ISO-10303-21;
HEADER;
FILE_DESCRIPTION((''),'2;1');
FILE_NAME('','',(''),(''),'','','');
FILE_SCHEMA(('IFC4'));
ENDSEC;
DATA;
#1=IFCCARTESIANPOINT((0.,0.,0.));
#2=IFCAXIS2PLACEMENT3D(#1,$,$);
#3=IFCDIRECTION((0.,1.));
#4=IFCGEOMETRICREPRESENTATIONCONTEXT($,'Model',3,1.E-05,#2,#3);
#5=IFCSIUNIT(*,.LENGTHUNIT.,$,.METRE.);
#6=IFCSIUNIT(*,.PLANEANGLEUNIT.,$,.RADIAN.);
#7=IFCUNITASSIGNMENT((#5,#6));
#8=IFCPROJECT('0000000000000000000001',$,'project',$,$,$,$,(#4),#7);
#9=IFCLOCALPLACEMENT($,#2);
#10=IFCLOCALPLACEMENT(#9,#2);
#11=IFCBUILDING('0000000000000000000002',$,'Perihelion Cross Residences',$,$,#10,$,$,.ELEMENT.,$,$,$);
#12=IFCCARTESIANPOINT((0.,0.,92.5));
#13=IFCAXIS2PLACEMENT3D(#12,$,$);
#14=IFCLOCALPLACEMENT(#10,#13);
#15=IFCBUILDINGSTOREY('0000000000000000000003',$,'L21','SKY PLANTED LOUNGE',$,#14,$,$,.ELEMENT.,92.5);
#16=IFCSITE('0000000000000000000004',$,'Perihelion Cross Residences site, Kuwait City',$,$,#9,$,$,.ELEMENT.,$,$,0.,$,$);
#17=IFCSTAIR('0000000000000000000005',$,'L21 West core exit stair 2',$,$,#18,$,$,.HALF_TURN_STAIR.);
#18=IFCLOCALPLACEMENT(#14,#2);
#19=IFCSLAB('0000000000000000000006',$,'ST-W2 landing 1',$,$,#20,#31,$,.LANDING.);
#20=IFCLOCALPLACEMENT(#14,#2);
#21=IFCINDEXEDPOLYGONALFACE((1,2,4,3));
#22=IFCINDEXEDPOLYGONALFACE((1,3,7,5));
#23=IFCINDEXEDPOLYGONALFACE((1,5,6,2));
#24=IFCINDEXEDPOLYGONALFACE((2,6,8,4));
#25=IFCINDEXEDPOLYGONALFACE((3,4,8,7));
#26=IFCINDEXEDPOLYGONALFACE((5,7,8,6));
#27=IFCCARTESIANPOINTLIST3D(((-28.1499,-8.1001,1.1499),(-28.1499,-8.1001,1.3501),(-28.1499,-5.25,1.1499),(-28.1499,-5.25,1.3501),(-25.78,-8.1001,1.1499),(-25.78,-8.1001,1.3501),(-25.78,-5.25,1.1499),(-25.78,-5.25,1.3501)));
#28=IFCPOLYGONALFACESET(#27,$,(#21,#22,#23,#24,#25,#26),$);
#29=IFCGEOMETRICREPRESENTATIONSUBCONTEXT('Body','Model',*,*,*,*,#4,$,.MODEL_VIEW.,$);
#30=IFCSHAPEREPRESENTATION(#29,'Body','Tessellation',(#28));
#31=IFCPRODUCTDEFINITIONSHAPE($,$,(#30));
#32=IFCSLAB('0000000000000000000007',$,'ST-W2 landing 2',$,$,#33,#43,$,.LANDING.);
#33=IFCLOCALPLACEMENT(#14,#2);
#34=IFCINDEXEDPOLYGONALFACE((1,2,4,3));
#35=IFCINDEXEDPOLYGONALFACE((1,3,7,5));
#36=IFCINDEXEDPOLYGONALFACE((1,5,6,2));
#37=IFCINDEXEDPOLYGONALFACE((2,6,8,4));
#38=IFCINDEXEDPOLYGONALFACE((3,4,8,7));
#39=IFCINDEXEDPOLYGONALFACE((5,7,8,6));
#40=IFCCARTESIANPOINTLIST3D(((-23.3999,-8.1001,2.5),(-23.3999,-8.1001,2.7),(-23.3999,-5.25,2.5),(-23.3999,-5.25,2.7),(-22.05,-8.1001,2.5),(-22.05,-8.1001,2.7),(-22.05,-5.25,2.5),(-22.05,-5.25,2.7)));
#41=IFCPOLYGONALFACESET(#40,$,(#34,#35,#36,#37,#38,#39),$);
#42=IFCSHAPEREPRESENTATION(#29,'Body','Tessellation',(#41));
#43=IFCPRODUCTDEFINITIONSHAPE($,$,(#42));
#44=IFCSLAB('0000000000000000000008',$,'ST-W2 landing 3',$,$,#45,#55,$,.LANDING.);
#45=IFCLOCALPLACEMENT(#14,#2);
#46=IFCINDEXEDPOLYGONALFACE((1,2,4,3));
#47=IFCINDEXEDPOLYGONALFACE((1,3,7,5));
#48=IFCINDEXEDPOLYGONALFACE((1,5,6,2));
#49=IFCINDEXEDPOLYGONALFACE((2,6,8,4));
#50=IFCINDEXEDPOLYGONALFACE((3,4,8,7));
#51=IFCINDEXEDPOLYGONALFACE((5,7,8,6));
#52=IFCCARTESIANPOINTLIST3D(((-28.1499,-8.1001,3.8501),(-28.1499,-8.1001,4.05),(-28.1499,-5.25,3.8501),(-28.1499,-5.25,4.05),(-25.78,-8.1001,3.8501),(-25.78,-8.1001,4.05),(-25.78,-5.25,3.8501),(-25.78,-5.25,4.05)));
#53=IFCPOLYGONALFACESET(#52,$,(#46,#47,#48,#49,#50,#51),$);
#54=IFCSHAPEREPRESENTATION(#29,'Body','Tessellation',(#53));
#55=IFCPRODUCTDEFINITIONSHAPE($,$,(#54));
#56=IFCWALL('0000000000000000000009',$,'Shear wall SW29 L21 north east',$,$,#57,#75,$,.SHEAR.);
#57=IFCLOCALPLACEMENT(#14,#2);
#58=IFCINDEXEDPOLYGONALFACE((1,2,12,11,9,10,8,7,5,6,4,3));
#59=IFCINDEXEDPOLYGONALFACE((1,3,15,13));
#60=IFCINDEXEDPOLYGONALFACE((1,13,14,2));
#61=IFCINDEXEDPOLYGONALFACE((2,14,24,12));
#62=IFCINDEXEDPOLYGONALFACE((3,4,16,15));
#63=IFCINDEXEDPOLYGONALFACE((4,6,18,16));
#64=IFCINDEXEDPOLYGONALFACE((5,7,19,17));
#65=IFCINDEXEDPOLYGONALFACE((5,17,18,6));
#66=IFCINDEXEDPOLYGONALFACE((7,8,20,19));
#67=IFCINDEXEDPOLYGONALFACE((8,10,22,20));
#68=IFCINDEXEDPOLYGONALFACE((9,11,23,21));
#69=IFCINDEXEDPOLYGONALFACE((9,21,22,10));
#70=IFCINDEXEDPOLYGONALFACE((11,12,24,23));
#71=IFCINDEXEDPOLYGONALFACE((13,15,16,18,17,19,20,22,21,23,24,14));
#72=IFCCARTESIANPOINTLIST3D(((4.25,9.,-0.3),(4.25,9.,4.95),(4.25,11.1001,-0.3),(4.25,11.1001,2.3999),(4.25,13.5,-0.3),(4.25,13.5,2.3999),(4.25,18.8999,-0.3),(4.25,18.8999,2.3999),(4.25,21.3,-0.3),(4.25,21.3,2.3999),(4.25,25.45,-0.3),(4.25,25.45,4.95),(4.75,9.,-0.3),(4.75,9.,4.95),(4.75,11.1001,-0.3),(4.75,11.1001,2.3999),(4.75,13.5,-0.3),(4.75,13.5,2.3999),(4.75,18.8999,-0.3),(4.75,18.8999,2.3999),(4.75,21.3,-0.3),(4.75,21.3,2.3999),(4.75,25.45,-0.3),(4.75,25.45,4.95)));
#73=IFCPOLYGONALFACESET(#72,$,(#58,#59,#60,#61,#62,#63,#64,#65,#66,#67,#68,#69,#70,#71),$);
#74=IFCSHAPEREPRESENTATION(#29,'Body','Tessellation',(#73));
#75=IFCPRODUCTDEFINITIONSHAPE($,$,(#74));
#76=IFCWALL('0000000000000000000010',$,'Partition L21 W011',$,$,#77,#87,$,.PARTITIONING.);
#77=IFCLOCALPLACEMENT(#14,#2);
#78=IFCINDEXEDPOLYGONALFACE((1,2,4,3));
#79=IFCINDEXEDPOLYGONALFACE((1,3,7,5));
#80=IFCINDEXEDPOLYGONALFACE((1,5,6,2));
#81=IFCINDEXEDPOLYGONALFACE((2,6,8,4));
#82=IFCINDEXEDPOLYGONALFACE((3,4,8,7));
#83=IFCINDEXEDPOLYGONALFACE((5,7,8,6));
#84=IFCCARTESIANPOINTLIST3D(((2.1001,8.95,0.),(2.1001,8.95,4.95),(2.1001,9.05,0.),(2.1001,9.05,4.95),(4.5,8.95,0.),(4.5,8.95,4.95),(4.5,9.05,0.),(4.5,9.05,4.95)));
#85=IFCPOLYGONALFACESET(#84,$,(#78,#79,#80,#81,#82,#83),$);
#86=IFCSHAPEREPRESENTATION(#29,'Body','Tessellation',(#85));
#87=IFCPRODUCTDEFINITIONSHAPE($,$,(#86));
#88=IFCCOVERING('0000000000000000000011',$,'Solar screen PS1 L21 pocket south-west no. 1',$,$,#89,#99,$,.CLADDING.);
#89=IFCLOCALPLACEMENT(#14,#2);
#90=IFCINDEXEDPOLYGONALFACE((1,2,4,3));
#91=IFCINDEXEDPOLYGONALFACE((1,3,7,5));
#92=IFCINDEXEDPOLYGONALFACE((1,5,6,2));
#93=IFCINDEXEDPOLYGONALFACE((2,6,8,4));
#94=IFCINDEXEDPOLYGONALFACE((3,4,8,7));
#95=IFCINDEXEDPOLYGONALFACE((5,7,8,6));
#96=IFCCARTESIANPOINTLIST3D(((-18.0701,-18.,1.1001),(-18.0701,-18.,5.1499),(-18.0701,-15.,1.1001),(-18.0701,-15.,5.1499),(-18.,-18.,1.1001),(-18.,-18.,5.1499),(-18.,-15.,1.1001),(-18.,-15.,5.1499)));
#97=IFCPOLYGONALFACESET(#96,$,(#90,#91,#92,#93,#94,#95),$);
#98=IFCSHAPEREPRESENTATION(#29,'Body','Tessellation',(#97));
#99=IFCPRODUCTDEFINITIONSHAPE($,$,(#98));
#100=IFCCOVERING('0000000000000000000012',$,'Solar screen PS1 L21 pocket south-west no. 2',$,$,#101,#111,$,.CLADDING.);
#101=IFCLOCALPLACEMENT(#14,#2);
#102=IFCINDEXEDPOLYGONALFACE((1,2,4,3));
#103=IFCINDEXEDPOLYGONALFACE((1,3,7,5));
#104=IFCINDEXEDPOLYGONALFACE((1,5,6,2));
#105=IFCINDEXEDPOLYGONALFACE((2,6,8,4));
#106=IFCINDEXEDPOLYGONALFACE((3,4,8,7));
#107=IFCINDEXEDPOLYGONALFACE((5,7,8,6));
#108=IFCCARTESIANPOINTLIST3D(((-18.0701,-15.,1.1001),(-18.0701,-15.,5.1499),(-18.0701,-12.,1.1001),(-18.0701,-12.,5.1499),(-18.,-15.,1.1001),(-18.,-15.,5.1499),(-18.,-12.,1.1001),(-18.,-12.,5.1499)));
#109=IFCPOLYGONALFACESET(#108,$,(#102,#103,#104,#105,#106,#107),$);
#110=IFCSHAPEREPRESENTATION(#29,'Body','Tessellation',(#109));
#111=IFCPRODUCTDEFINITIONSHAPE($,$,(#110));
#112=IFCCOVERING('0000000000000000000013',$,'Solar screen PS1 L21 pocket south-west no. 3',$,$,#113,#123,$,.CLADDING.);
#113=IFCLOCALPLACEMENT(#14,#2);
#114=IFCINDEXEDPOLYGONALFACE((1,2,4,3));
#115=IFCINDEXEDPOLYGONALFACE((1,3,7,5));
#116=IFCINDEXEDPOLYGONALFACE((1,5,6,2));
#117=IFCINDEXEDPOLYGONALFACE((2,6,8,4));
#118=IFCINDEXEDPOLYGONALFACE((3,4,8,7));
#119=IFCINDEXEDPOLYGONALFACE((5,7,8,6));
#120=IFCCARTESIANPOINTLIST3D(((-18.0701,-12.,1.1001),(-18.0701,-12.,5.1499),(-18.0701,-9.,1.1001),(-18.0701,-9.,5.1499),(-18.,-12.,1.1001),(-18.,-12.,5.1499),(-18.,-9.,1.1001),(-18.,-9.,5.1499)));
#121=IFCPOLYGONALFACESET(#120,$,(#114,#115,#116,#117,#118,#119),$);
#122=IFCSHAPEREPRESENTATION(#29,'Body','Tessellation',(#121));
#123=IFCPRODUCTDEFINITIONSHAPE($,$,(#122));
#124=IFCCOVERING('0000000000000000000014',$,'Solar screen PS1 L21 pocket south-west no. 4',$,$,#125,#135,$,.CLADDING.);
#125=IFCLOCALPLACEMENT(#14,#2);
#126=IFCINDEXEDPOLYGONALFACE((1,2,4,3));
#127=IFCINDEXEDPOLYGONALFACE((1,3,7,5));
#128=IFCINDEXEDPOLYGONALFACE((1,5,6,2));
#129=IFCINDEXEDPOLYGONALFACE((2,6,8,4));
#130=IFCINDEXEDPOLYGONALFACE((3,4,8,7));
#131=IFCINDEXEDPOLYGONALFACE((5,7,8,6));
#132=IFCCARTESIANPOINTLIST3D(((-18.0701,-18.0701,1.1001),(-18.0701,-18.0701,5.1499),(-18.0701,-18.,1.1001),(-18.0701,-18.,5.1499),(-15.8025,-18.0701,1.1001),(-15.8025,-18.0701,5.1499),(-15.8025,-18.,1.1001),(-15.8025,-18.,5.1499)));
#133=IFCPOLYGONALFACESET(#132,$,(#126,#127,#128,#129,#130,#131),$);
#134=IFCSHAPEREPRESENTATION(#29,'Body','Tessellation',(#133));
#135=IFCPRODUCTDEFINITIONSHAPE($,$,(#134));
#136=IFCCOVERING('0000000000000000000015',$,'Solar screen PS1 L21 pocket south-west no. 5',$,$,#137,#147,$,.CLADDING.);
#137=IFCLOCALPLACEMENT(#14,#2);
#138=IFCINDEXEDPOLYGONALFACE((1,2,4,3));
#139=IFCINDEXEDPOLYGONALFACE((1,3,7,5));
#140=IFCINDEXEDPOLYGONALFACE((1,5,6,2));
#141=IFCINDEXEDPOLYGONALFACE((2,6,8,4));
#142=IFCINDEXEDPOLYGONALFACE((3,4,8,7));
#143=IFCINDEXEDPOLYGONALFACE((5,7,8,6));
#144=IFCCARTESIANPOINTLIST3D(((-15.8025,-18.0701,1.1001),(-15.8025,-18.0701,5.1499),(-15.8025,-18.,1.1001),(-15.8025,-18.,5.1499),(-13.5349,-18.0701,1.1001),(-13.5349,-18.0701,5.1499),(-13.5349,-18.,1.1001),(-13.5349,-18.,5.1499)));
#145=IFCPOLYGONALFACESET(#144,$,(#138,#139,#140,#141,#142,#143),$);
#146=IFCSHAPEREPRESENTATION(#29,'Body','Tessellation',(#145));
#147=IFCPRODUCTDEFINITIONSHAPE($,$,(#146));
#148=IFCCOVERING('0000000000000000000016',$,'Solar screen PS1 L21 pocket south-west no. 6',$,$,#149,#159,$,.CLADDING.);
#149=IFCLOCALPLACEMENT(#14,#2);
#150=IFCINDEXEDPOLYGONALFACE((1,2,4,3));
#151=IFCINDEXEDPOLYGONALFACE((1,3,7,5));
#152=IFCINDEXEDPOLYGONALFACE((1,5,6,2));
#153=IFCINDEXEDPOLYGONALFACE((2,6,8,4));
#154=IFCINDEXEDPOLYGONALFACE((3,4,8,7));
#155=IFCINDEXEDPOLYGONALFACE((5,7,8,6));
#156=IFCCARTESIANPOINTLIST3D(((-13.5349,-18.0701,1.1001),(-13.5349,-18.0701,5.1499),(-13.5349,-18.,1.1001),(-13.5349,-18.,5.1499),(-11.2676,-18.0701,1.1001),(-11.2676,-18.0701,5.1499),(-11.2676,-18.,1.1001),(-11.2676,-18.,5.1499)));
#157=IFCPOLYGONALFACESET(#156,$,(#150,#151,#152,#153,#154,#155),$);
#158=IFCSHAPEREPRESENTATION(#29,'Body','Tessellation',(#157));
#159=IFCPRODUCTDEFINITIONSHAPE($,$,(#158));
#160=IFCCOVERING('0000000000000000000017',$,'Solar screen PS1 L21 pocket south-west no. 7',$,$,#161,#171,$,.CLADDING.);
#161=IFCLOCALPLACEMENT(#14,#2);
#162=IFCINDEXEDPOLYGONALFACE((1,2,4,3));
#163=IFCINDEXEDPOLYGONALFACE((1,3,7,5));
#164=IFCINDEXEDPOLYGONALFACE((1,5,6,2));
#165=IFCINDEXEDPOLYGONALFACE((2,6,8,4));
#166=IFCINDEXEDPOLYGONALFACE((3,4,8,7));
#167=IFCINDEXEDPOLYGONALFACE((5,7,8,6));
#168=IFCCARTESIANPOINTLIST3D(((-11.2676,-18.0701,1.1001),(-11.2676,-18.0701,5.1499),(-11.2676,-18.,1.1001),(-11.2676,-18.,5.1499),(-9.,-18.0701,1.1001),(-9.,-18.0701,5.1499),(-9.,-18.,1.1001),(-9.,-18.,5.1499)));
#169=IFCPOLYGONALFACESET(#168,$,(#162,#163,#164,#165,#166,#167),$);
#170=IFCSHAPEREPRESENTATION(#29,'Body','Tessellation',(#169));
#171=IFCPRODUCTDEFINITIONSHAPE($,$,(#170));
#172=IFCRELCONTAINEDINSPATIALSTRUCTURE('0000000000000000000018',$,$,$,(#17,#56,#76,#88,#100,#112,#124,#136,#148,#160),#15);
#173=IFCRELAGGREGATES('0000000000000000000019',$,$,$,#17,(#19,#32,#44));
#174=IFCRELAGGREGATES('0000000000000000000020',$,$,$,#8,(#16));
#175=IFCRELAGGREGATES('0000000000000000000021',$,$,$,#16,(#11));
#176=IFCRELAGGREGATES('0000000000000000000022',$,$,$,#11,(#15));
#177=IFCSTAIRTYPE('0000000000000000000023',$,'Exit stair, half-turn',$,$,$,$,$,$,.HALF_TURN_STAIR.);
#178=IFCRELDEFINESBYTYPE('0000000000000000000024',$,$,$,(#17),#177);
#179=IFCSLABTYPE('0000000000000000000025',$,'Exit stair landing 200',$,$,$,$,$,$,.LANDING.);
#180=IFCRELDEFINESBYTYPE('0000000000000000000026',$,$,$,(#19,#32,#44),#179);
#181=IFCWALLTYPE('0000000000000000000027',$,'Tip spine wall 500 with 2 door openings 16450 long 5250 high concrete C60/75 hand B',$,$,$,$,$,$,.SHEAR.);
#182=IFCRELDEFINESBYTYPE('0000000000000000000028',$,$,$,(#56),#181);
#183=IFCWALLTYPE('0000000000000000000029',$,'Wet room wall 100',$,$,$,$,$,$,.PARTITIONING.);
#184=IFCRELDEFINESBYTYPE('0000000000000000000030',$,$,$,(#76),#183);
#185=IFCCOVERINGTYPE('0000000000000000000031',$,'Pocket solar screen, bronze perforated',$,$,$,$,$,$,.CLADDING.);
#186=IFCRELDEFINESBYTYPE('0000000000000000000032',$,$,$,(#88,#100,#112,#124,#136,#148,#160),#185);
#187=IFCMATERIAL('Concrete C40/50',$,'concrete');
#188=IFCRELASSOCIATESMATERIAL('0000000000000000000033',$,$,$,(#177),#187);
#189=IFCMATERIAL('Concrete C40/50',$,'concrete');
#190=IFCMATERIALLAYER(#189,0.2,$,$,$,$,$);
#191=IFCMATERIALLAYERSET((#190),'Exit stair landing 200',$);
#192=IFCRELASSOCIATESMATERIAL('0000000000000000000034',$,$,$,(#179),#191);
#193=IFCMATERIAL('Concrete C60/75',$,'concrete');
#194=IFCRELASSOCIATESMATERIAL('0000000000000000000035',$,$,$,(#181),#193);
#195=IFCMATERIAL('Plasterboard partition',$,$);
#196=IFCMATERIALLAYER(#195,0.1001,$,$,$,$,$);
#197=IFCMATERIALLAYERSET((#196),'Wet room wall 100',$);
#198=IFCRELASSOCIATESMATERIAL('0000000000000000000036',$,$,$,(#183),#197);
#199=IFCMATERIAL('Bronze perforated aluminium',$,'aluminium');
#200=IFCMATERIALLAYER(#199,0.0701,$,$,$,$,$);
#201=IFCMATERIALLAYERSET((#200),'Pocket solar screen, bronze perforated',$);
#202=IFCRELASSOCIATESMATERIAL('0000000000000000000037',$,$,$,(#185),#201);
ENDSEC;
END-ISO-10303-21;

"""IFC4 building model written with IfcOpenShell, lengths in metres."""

from ifc_helpers import new_model, si_unit, direction, frame, frame_2d, origin, place, context, subcontext, project, spatial, polyline, rectangle, outline, extrude, material, layer, layer_set, material_profile, profile_set, type_object, element, aggregate, save


model = new_model("IFC4")

# Units and contexts
model_context = context("Model", 3, precision=1e-05, world=origin(), true_north=direction((0.0, 1.0)))
body_context = subcontext(model_context, "Body", "Model", "MODEL_VIEW")
ifc_project = project(units=[si_unit("LENGTHUNIT", "METRE"), si_unit("PLANEANGLEUNIT", "RADIAN")], contexts=[model_context])

# Site, building, storey
site_placement = place(None, origin())
site = spatial("IfcSite", under=ifc_project, at=site_placement, Name="Perihelion Cross Residences site, Kuwait City", CompositionType="ELEMENT", RefElevation=0.0)
building_placement = place(site_placement, origin())
building = spatial("IfcBuilding", under=site, at=building_placement, Name="Perihelion Cross Residences", CompositionType="ELEMENT")
storey_placement = place(building_placement, frame((0.0, 0.0, 92.5)))
storey = spatial("IfcBuildingStorey", under=building, at=storey_placement, Name="L21", Description="SKY PLANTED LOUNGE", CompositionType="ELEMENT", Elevation=92.5)

# Stair, slabs
ifc_material_1 = material(Name="Concrete C40/50", Category="concrete")
stair_type = type_object("IfcStairType", Name="Exit stair, half-turn", PredefinedType="HALF_TURN_STAIR", material=ifc_material_1)
ifc_material_2 = material(Name="Concrete C40/50", Category="concrete")
ifc_layer_1 = layer(ifc_material_2, 0.2)
ifc_layer_set_1 = layer_set([ifc_layer_1], Name="Exit stair landing 200")
slab_type_1 = type_object("IfcSlabType", Name="Exit stair landing 200", PredefinedType="LANDING", material=ifc_layer_set_1)
stair_1_placement = place(storey_placement, origin())
stair_1 = element("IfcStair", 1, at=stair_1_placement, inside=storey, type_object=stair_type, Name="L21 West core exit stair 2", PredefinedType="HALF_TURN_STAIR")
slab_1_placement = place(storey_placement, frame((0.0, 0.0, 1.1499)))
slab_1 = element("IfcSlab", 2, at=slab_1_placement, type_object=slab_type_1, Name="ST-W2 landing 1", PredefinedType="LANDING", context=body_context, shape_type="SweptSolid", body=[
    extrude(outline(polyline([(-25.78, -5.25), (-28.1499, -5.25), (-28.1499, -8.1001), (-25.78, -8.1001), (-25.78, -5.25)])), origin(), (0.0, 0.0, 1.0), 0.2002),
])
slab_2_placement = place(storey_placement, frame((0.0, 0.0, 2.5)))
slab_2 = element("IfcSlab", 3, at=slab_2_placement, type_object=slab_type_1, Name="ST-W2 landing 2", PredefinedType="LANDING", context=body_context, shape_type="SweptSolid", body=[
    extrude(outline(polyline([(-22.05, -5.25), (-23.3999, -5.25), (-23.3999, -8.1001), (-22.05, -8.1001), (-22.05, -5.25)])), origin(), (0.0, 0.0, 1.0), 0.2),
])
slab_3_placement = place(storey_placement, frame((0.0, 0.0, 3.8501)))
slab_3 = element("IfcSlab", 4, at=slab_3_placement, type_object=slab_type_1, Name="ST-W2 landing 3", PredefinedType="LANDING", context=body_context, shape_type="SweptSolid", body=[
    extrude(outline(polyline([(-25.78, -5.25), (-28.1499, -5.25), (-28.1499, -8.1001), (-25.78, -8.1001), (-25.78, -5.25)])), origin(), (0.0, 0.0, 1.0), 0.2),
])
aggregate(stair_1, [slab_1, slab_2, slab_3])

# Walls
ifc_material_3 = material(Name="Concrete C60/75", Category="concrete")
ifc_material_profile_1 = material_profile(ifc_material_3, outline(polyline([(0.0, 0.0), (2.1001, 0.0), (2.1001, 2.7), (4.5, 2.7), (4.5, 0.0), (9.8999, 0.0), (9.8999, 2.7), (12.3, 2.7), (12.3, 0.0), (16.45, 0.0), (16.45, 5.25), (0.0, 5.25), (0.0, 0.0)])), Name="Tip spine wall")
ifc_profile_set_1 = profile_set([ifc_material_profile_1], Name="Concrete C60/75")
wall_type_1 = type_object("IfcWallType", Name="Tip spine wall 500 with 2 door openings 16450 long 5250 high concrete C60/75 hand B", PredefinedType="SHEAR", material=ifc_profile_set_1)
wall_1_placement = place(storey_placement, frame((4.25, 9.0, -0.3), z_axis=(1.0, 0.0, 0.0), x_axis=(0.0, 1.0, 0.0)))
element("IfcWall", 5, at=wall_1_placement, inside=storey, type_object=wall_type_1, Name="Shear wall SW29 L21 north east", PredefinedType="SHEAR", context=body_context, shape_type="SweptSolid", body=[
    extrude(outline(polyline([(0.0, 0.0), (2.1001, 0.0), (2.1001, 2.7), (4.5, 2.7), (4.5, 0.0), (9.8999, 0.0), (9.8999, 2.7), (12.3, 2.7), (12.3, 0.0), (16.45, 0.0), (16.45, 5.25), (0.0, 5.25), (0.0, 0.0)])), origin(), (0.0, 0.0, 1.0), 0.5),
])
ifc_material_4 = material(Name="Plasterboard partition")
ifc_layer_2 = layer(ifc_material_4, 0.1001)
ifc_layer_set_2 = layer_set([ifc_layer_2], Name="Wet room wall 100")
wall_type_2 = type_object("IfcWallType", Name="Wet room wall 100", PredefinedType="PARTITIONING", material=ifc_layer_set_2)
wall_2_placement = place(storey_placement, frame((2.1001, 9.0, 0.0), z_axis=(0.0, 0.0, 1.0), x_axis=(1.0, 0.0, 0.0)))
element("IfcWall", 6, at=wall_2_placement, inside=storey, type_object=wall_type_2, Name="Partition L21 W011", PredefinedType="PARTITIONING", context=body_context, shape_type="SweptSolid", body=[
    extrude(rectangle(XDim=2.3999, YDim=0.1001, at=frame_2d((1.2, 0.0))), origin(), (0.0, 0.0, 1.0), 4.95),
])

# Coverings
ifc_material_5 = material(Name="Bronze perforated aluminium", Category="aluminium")
ifc_layer_3 = layer(ifc_material_5, 0.0701)
ifc_layer_set_3 = layer_set([ifc_layer_3], Name="Pocket solar screen, bronze perforated")
covering_type = type_object("IfcCoveringType", Name="Pocket solar screen, bronze perforated", PredefinedType="CLADDING", material=ifc_layer_set_3)
covering_1_placement = place(storey_placement, frame((0.0, 0.0, 1.1001)))
element("IfcCovering", 7, at=covering_1_placement, inside=storey, type_object=covering_type, Name="Solar screen PS1 L21 pocket south-west no. 1", PredefinedType="CLADDING", context=body_context, shape_type="SweptSolid", body=[
    extrude(outline(polyline([(-18.0, -18.0), (-18.0, -15.0), (-18.0701, -15.0), (-18.0701, -18.0), (-18.0, -18.0)])), origin(), (0.0, 0.0, 1.0), 4.0498),
])
covering_2_placement = place(storey_placement, frame((0.0, 0.0, 1.1001)))
element("IfcCovering", 8, at=covering_2_placement, inside=storey, type_object=covering_type, Name="Solar screen PS1 L21 pocket south-west no. 2", PredefinedType="CLADDING", context=body_context, shape_type="SweptSolid", body=[
    extrude(outline(polyline([(-18.0, -15.0), (-18.0, -12.0), (-18.0701, -12.0), (-18.0701, -15.0), (-18.0, -15.0)])), origin(), (0.0, 0.0, 1.0), 4.0498),
])
covering_3_placement = place(storey_placement, frame((0.0, 0.0, 1.1001)))
element("IfcCovering", 9, at=covering_3_placement, inside=storey, type_object=covering_type, Name="Solar screen PS1 L21 pocket south-west no. 3", PredefinedType="CLADDING", context=body_context, shape_type="SweptSolid", body=[
    extrude(outline(polyline([(-18.0, -12.0), (-18.0, -9.0), (-18.0701, -9.0), (-18.0701, -12.0), (-18.0, -12.0)])), origin(), (0.0, 0.0, 1.0), 4.0498),
])
covering_4_placement = place(storey_placement, frame((0.0, 0.0, 1.1001)))
element("IfcCovering", 10, at=covering_4_placement, inside=storey, type_object=covering_type, Name="Solar screen PS1 L21 pocket south-west no. 4", PredefinedType="CLADDING", context=body_context, shape_type="SweptSolid", body=[
    extrude(outline(polyline([(-15.8025, -18.0701), (-15.8025, -18.0), (-18.0701, -18.0), (-18.0701, -18.0701), (-15.8025, -18.0701)])), origin(), (0.0, 0.0, 1.0), 4.0498),
])
covering_5_placement = place(storey_placement, frame((0.0, 0.0, 1.1001)))
element("IfcCovering", 11, at=covering_5_placement, inside=storey, type_object=covering_type, Name="Solar screen PS1 L21 pocket south-west no. 5", PredefinedType="CLADDING", context=body_context, shape_type="SweptSolid", body=[
    extrude(outline(polyline([(-13.5349, -18.0701), (-13.5349, -18.0), (-15.8025, -18.0), (-15.8025, -18.0701), (-13.5349, -18.0701)])), origin(), (0.0, 0.0, 1.0), 4.0498),
])
covering_6_placement = place(storey_placement, frame((0.0, 0.0, 1.1001)))
element("IfcCovering", 12, at=covering_6_placement, inside=storey, type_object=covering_type, Name="Solar screen PS1 L21 pocket south-west no. 6", PredefinedType="CLADDING", context=body_context, shape_type="SweptSolid", body=[
    extrude(outline(polyline([(-11.2676, -18.0701), (-11.2676, -18.0), (-13.5349, -18.0), (-13.5349, -18.0701), (-11.2676, -18.0701)])), origin(), (0.0, 0.0, 1.0), 4.0498),
])
covering_7_placement = place(storey_placement, frame((0.0, 0.0, 1.1001)))
element("IfcCovering", 13, at=covering_7_placement, inside=storey, type_object=covering_type, Name="Solar screen PS1 L21 pocket south-west no. 7", PredefinedType="CLADDING", context=body_context, shape_type="SweptSolid", body=[
    extrude(outline(polyline([(-9.0, -18.0701), (-9.0, -18.0), (-11.2676, -18.0), (-11.2676, -18.0701), (-9.0, -18.0701)])), origin(), (0.0, 0.0, 1.0), 4.0498),
])

save(model, "model.ifc")
